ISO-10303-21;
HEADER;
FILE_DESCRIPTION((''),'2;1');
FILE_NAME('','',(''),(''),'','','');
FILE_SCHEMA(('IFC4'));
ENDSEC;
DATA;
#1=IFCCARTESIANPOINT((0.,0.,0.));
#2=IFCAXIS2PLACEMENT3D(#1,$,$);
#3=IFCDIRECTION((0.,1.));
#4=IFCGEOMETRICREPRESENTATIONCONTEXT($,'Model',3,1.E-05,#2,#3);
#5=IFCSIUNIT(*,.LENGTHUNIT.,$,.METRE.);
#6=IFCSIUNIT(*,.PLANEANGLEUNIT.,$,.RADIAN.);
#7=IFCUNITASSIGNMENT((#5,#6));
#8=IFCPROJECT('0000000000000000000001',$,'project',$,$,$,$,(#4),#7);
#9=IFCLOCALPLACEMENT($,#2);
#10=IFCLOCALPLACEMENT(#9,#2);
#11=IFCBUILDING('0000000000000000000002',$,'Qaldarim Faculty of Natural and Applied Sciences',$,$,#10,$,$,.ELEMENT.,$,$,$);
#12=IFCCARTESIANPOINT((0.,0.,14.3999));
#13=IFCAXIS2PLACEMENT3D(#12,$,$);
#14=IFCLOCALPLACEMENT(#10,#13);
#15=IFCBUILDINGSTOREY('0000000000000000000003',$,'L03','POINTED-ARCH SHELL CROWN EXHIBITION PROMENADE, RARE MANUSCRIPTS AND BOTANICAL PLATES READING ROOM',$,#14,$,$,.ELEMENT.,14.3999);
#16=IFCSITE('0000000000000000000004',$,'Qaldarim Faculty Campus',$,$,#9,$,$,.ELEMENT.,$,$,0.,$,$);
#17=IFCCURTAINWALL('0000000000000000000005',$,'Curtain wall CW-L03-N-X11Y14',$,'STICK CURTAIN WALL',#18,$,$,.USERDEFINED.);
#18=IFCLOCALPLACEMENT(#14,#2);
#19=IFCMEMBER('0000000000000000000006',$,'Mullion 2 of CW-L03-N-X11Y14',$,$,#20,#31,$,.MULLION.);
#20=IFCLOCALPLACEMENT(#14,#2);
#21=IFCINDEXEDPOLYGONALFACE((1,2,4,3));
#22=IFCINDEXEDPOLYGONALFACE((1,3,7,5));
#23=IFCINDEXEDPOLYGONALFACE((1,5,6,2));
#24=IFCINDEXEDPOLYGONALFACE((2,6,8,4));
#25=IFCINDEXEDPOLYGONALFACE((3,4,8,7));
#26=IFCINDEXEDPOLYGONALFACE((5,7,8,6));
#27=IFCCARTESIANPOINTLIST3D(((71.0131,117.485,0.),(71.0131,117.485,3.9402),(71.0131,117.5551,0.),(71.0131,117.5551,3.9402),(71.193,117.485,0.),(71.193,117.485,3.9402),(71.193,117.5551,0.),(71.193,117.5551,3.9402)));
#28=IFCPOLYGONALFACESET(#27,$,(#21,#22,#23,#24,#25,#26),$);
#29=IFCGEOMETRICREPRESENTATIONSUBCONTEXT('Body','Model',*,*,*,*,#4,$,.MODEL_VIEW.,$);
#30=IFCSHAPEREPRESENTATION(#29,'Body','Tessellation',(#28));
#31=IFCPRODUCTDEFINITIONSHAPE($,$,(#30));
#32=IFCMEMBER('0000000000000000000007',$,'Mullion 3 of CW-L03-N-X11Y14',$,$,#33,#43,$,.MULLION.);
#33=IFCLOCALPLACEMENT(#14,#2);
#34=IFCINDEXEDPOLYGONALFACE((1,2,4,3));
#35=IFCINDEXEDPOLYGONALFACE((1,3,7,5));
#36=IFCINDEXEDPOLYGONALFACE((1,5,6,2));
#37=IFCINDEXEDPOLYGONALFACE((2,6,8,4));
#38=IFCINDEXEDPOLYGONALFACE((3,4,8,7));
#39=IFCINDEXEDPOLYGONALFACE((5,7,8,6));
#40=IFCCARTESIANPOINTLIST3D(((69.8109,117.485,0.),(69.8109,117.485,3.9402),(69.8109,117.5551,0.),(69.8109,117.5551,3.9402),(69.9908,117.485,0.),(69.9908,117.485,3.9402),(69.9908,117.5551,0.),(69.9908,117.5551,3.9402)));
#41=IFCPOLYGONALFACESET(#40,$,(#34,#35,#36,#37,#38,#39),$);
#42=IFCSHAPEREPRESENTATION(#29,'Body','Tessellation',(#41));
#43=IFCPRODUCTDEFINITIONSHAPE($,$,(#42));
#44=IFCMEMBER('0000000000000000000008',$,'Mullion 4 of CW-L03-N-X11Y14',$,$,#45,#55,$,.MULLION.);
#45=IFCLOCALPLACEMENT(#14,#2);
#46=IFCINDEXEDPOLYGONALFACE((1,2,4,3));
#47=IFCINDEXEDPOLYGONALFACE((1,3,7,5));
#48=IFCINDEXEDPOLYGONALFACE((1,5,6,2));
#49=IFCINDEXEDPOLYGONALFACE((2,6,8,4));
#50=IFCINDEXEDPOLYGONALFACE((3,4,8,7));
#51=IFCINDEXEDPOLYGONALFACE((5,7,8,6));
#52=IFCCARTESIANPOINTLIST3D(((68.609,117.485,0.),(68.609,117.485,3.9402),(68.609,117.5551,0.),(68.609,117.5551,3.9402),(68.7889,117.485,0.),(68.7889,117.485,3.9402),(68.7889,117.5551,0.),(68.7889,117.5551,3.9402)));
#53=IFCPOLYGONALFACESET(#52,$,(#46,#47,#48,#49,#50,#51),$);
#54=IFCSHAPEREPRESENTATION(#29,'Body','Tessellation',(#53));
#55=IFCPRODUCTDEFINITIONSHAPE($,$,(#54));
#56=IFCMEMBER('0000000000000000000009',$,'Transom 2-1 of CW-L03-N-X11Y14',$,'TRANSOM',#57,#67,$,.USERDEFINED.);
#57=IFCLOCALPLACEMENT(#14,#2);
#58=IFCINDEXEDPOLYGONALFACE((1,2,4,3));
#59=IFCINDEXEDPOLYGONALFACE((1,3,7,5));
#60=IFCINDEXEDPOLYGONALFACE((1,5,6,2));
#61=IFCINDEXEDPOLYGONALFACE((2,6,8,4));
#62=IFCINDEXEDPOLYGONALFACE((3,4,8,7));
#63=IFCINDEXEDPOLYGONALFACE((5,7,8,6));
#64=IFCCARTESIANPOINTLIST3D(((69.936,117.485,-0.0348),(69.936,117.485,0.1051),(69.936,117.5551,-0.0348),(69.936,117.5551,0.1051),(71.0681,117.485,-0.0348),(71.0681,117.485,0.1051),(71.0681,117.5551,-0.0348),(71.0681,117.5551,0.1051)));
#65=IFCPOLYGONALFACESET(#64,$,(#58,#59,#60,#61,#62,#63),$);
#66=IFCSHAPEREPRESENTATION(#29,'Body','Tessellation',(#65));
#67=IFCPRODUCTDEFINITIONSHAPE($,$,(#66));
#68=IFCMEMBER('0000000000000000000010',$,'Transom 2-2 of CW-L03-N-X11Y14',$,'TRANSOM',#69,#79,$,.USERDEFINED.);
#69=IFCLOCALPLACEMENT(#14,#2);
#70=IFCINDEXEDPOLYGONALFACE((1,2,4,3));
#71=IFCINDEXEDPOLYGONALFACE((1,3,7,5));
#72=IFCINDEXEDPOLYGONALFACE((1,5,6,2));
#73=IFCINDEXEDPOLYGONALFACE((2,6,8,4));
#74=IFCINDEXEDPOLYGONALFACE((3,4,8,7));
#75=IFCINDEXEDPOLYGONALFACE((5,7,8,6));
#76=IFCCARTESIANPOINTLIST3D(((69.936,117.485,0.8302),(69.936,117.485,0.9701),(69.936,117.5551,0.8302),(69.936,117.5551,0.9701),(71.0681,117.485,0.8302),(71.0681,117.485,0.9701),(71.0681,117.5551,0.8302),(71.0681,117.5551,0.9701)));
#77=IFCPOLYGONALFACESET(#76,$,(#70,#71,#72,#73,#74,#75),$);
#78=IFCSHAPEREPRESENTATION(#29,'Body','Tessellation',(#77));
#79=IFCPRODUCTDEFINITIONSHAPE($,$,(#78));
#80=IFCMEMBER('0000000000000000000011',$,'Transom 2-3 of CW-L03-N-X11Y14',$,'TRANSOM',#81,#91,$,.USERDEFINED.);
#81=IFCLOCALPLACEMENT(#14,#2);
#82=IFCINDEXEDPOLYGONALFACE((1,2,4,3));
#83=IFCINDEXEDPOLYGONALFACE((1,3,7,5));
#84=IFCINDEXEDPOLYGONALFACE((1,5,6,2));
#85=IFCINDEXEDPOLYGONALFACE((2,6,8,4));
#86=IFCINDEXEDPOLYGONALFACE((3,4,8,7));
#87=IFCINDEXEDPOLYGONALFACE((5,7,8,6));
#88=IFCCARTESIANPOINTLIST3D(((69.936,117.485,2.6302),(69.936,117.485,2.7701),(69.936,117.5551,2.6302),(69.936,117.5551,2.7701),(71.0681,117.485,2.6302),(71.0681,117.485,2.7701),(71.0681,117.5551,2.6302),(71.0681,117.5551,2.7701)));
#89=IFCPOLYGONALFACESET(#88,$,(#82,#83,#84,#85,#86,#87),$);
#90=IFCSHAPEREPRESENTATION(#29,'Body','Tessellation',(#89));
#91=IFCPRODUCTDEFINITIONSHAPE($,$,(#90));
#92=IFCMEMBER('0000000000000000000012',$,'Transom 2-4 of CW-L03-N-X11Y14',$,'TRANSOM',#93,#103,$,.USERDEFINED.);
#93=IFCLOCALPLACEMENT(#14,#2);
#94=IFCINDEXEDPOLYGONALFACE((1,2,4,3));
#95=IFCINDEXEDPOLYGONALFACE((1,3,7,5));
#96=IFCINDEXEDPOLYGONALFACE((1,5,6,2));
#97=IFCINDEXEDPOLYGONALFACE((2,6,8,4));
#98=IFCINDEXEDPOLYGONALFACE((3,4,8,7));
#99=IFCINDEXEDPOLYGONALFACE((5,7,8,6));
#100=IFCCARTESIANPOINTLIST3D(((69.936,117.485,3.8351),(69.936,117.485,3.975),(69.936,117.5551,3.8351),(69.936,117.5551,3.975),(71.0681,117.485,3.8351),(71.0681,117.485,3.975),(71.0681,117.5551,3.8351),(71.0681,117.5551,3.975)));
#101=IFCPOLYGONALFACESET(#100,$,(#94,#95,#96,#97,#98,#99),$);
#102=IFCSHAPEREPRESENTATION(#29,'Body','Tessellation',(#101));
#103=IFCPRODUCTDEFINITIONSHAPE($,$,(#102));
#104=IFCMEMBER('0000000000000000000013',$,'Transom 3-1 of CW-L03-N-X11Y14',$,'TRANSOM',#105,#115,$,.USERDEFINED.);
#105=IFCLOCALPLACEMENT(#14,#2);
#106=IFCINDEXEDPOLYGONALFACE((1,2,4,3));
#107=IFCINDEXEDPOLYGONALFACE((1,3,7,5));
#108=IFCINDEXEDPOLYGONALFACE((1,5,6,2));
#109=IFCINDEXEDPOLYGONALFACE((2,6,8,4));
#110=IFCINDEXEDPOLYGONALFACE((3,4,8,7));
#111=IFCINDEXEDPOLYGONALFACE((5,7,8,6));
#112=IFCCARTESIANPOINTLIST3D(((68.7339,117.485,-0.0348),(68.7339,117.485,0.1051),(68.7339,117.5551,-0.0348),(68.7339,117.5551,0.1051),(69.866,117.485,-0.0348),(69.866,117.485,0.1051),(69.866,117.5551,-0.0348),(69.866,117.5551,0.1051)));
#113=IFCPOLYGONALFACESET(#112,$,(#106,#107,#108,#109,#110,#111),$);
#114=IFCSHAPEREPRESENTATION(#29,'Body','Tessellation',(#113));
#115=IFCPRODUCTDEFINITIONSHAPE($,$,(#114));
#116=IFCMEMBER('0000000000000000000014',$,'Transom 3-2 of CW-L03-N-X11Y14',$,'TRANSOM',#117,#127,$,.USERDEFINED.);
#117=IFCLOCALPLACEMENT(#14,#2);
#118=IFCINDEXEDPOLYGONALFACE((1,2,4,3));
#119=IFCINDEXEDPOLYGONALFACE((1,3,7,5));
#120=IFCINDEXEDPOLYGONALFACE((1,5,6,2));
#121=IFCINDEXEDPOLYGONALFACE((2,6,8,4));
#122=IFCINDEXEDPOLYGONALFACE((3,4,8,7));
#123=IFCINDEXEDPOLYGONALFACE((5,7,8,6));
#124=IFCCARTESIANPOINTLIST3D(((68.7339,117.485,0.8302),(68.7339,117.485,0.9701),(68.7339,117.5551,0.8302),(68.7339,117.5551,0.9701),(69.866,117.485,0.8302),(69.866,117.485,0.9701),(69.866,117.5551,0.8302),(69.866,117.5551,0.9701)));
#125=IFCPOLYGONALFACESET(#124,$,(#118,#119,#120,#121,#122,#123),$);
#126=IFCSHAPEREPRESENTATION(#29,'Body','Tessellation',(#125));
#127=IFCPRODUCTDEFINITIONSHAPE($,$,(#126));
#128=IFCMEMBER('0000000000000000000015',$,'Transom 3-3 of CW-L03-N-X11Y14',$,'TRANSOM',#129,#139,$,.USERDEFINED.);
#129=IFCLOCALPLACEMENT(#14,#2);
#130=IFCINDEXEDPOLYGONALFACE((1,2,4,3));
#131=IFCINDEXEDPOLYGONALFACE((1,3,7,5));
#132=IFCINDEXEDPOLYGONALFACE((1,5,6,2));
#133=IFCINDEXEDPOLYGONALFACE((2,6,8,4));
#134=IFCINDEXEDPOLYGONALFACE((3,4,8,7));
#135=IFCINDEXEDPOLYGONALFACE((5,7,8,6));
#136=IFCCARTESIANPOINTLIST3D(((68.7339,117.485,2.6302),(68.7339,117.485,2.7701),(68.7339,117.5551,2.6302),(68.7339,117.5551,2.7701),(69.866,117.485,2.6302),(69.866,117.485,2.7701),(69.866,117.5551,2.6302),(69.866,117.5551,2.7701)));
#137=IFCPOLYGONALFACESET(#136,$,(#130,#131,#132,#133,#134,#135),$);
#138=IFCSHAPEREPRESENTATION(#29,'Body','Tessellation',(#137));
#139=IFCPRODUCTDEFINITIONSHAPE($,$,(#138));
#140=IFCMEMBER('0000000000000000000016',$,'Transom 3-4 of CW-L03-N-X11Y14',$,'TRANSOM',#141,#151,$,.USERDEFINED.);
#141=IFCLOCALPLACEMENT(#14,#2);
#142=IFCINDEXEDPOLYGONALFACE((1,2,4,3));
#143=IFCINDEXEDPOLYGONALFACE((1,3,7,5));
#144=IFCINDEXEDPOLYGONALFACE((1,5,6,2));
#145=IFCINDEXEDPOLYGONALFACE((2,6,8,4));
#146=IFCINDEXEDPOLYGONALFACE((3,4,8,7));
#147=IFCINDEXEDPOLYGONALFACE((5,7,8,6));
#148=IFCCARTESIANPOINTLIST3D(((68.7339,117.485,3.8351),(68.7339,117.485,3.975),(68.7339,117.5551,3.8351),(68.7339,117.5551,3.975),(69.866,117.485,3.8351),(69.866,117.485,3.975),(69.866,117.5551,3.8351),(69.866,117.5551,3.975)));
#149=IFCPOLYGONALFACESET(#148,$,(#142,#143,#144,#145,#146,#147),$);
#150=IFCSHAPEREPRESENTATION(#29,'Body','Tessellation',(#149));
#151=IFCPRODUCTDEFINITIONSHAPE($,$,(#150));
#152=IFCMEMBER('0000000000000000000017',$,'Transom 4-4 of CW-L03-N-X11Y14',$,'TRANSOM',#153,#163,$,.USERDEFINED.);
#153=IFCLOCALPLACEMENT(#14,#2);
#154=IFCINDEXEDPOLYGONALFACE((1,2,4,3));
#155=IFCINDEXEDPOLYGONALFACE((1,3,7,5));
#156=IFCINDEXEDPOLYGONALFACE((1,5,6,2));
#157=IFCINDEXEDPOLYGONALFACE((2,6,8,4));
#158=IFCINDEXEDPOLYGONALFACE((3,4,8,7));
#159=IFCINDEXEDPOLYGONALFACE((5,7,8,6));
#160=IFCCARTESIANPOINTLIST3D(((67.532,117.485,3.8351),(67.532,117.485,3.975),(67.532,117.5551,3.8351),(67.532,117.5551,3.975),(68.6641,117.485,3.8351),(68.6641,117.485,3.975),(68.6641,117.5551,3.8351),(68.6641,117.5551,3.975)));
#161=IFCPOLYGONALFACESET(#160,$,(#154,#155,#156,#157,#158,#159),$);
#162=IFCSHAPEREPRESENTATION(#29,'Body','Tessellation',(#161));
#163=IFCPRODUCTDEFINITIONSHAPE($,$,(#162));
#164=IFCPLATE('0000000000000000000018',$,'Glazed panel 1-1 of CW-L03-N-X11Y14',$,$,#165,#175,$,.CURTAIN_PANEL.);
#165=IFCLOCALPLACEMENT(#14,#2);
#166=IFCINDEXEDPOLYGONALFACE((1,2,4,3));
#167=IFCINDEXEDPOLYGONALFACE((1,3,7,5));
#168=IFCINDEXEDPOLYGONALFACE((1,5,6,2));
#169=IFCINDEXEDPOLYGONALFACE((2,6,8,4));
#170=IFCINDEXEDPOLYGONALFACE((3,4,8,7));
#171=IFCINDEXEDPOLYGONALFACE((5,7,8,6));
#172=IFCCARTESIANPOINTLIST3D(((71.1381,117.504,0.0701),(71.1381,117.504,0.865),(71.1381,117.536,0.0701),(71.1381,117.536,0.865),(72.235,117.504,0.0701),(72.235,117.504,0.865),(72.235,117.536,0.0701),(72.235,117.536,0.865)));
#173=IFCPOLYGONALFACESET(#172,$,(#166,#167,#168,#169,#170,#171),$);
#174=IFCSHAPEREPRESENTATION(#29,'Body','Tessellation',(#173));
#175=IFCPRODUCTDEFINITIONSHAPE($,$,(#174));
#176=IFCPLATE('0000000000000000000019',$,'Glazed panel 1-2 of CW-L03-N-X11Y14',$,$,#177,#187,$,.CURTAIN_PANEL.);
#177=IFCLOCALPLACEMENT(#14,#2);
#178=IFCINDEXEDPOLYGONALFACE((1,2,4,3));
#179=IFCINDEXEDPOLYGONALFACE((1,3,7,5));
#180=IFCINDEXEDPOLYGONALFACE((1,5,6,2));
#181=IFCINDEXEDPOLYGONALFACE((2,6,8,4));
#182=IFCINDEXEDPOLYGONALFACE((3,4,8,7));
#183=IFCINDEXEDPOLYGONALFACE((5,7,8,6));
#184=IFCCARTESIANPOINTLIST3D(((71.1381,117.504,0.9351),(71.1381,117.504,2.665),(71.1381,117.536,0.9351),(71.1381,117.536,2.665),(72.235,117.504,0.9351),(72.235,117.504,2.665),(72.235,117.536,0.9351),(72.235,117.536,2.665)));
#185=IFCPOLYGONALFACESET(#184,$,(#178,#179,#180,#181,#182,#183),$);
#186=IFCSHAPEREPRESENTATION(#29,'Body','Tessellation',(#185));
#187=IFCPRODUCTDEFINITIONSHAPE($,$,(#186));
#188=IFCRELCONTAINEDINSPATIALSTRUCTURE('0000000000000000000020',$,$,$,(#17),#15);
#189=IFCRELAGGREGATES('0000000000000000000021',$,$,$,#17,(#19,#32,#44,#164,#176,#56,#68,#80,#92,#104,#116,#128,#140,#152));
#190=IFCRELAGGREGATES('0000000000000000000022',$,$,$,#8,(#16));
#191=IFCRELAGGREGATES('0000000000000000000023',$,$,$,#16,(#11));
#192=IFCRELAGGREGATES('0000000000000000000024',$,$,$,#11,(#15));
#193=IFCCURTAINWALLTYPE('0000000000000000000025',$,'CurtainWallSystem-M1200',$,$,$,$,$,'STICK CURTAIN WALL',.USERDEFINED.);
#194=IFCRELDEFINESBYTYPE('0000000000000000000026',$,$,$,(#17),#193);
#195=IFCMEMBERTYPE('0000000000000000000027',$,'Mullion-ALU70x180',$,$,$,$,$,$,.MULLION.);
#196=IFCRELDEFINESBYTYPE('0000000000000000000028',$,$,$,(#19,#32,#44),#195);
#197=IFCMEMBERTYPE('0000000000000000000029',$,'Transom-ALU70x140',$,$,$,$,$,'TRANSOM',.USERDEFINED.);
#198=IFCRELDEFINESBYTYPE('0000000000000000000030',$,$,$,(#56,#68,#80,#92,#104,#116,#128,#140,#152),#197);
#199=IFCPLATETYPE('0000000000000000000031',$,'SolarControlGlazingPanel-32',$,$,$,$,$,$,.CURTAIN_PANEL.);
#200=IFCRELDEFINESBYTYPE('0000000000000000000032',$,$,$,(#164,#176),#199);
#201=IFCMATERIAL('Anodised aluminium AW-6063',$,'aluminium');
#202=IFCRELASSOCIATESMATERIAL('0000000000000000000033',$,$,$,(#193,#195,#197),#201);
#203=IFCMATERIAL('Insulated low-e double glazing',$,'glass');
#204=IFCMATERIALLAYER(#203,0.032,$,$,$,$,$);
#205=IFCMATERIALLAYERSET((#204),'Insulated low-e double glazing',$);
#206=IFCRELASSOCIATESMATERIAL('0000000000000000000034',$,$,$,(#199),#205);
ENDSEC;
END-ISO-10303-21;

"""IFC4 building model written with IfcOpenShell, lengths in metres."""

from ifc_helpers import new_model, si_unit, direction, frame, origin, origin_2d, place, context, subcontext, project, spatial, rectangle, extrude, material, layer, layer_set, material_profile, profile_set, type_object, element, aggregate, save


model = new_model("IFC4")

# Units and contexts
model_context = context("Model", 3, precision=1e-05, world=origin(), true_north=direction((0.0, 1.0)))
body_context = subcontext(model_context, "Body", "Model", "MODEL_VIEW")
ifc_project = project(units=[si_unit("LENGTHUNIT", "METRE"), si_unit("PLANEANGLEUNIT", "RADIAN")], contexts=[model_context])

# Site, building, storey
site_placement = place(None, origin())
site = spatial("IfcSite", under=ifc_project, at=site_placement, Name="Qaldarim Faculty Campus", CompositionType="ELEMENT", RefElevation=0.0)
building_placement = place(site_placement, origin())
building = spatial("IfcBuilding", under=site, at=building_placement, Name="Qaldarim Faculty of Natural and Applied Sciences", CompositionType="ELEMENT")
storey_placement = place(building_placement, frame((0.0, 0.0, 14.3999)))
storey = spatial("IfcBuildingStorey", under=building, at=storey_placement, Name="L03", Description="POINTED-ARCH SHELL CROWN EXHIBITION PROMENADE, RARE MANUSCRIPTS AND BOTANICAL PLATES READING ROOM", CompositionType="ELEMENT", Elevation=14.3999)

# Curtain wall, members, plates
ifc_material_1 = material(Name="Anodised aluminium AW-6063", Category="aluminium")
curtain_wall_type = type_object("IfcCurtainWallType", Name="CurtainWallSystem-M1200", ElementType="STICK CURTAIN WALL", PredefinedType="USERDEFINED", material=ifc_material_1)
curtain_wall_placement = place(storey_placement, origin())
curtain_wall = element("IfcCurtainWall", 1, at=curtain_wall_placement, inside=storey, type_object=curtain_wall_type, Name="Curtain wall CW-L03-N-X11Y14", ObjectType="STICK CURTAIN WALL", PredefinedType="USERDEFINED")
ifc_material_profile_1 = material_profile(ifc_material_1, rectangle(XDim=0.0701, YDim=0.1799, at=origin_2d()), Name="ALU-M70x180")
ifc_profile_set_1 = profile_set([ifc_material_profile_1], Name="Anodised aluminium AW-6063")
member_type_1 = type_object("IfcMemberType", Name="Mullion-ALU70x180", PredefinedType="MULLION", material=ifc_profile_set_1)
member_1_placement = place(storey_placement, frame((71.103, 117.52, 0.0), z_axis=(0.0, 0.0, 1.0), x_axis=(0.0, -1.0, 0.0)))
member_1 = element("IfcMember", 2, at=member_1_placement, type_object=member_type_1, Name="Mullion 2 of CW-L03-N-X11Y14", PredefinedType="MULLION", context=body_context, shape_type="SweptSolid", body=[
    extrude(rectangle(XDim=0.0701, YDim=0.1799, at=origin_2d()), origin(), (0.0, 0.0, 1.0), 3.9402),
])
member_2_placement = place(storey_placement, frame((69.9009, 117.52, 0.0), z_axis=(0.0, 0.0, 1.0), x_axis=(0.0, -1.0, 0.0)))
member_2 = element("IfcMember", 3, at=member_2_placement, type_object=member_type_1, Name="Mullion 3 of CW-L03-N-X11Y14", PredefinedType="MULLION", context=body_context, shape_type="SweptSolid", body=[
    extrude(rectangle(XDim=0.0701, YDim=0.1799, at=origin_2d()), origin(), (0.0, 0.0, 1.0), 3.9402),
])
member_3_placement = place(storey_placement, frame((68.699, 117.52, 0.0), z_axis=(0.0, 0.0, 1.0), x_axis=(0.0, -1.0, 0.0)))
member_3 = element("IfcMember", 4, at=member_3_placement, type_object=member_type_1, Name="Mullion 4 of CW-L03-N-X11Y14", PredefinedType="MULLION", context=body_context, shape_type="SweptSolid", body=[
    extrude(rectangle(XDim=0.0701, YDim=0.1799, at=origin_2d()), origin(), (0.0, 0.0, 1.0), 3.9402),
])
ifc_material_profile_2 = material_profile(ifc_material_1, rectangle(XDim=0.0701, YDim=0.1399, at=origin_2d()), Name="ALU-T70x140")
ifc_profile_set_2 = profile_set([ifc_material_profile_2], Name="Anodised aluminium AW-6063")
member_type_2 = type_object("IfcMemberType", Name="Transom-ALU70x140", ElementType="TRANSOM", PredefinedType="USERDEFINED", material=ifc_profile_set_2)
member_4_placement = place(storey_placement, frame((71.0681, 117.52, 0.0352), z_axis=(-1.0, 0.0, 0.0), x_axis=(0.0, -1.0, 0.0)))
member_4 = element("IfcMember", 5, at=member_4_placement, type_object=member_type_2, Name="Transom 2-1 of CW-L03-N-X11Y14", ObjectType="TRANSOM", PredefinedType="USERDEFINED", context=body_context, shape_type="SweptSolid", body=[
    extrude(rectangle(XDim=0.0701, YDim=0.1399, at=origin_2d()), origin(), (0.0, 0.0, 1.0), 1.1321),
])
member_5_placement = place(storey_placement, frame((71.0681, 117.52, 0.9001), z_axis=(-1.0, 0.0, 0.0), x_axis=(0.0, -1.0, 0.0)))
member_5 = element("IfcMember", 6, at=member_5_placement, type_object=member_type_2, Name="Transom 2-2 of CW-L03-N-X11Y14", ObjectType="TRANSOM", PredefinedType="USERDEFINED", context=body_context, shape_type="SweptSolid", body=[
    extrude(rectangle(XDim=0.0701, YDim=0.1399, at=origin_2d()), origin(), (0.0, 0.0, 1.0), 1.1321),
])
member_6_placement = place(storey_placement, frame((71.0681, 117.52, 2.7002), z_axis=(-1.0, 0.0, 0.0), x_axis=(0.0, -1.0, 0.0)))
member_6 = element("IfcMember", 7, at=member_6_placement, type_object=member_type_2, Name="Transom 2-3 of CW-L03-N-X11Y14", ObjectType="TRANSOM", PredefinedType="USERDEFINED", context=body_context, shape_type="SweptSolid", body=[
    extrude(rectangle(XDim=0.0701, YDim=0.1399, at=origin_2d()), origin(), (0.0, 0.0, 1.0), 1.1321),
])
member_7_placement = place(storey_placement, frame((71.0681, 117.52, 3.905), z_axis=(-1.0, 0.0, 0.0), x_axis=(0.0, -1.0, 0.0)))
member_7 = element("IfcMember", 8, at=member_7_placement, type_object=member_type_2, Name="Transom 2-4 of CW-L03-N-X11Y14", ObjectType="TRANSOM", PredefinedType="USERDEFINED", context=body_context, shape_type="SweptSolid", body=[
    extrude(rectangle(XDim=0.0701, YDim=0.1399, at=origin_2d()), origin(), (0.0, 0.0, 1.0), 1.1321),
])
member_8_placement = place(storey_placement, frame((69.866, 117.52, 0.0352), z_axis=(-1.0, 0.0, 0.0), x_axis=(0.0, -1.0, 0.0)))
member_8 = element("IfcMember", 9, at=member_8_placement, type_object=member_type_2, Name="Transom 3-1 of CW-L03-N-X11Y14", ObjectType="TRANSOM", PredefinedType="USERDEFINED", context=body_context, shape_type="SweptSolid", body=[
    extrude(rectangle(XDim=0.0701, YDim=0.1399, at=origin_2d()), origin(), (0.0, 0.0, 1.0), 1.1321),
])
member_9_placement = place(storey_placement, frame((69.866, 117.52, 0.9001), z_axis=(-1.0, 0.0, 0.0), x_axis=(0.0, -1.0, 0.0)))
member_9 = element("IfcMember", 10, at=member_9_placement, type_object=member_type_2, Name="Transom 3-2 of CW-L03-N-X11Y14", ObjectType="TRANSOM", PredefinedType="USERDEFINED", context=body_context, shape_type="SweptSolid", body=[
    extrude(rectangle(XDim=0.0701, YDim=0.1399, at=origin_2d()), origin(), (0.0, 0.0, 1.0), 1.1321),
])
member_10_placement = place(storey_placement, frame((69.866, 117.52, 2.7002), z_axis=(-1.0, 0.0, 0.0), x_axis=(0.0, -1.0, 0.0)))
member_10 = element("IfcMember", 11, at=member_10_placement, type_object=member_type_2, Name="Transom 3-3 of CW-L03-N-X11Y14", ObjectType="TRANSOM", PredefinedType="USERDEFINED", context=body_context, shape_type="SweptSolid", body=[
    extrude(rectangle(XDim=0.0701, YDim=0.1399, at=origin_2d()), origin(), (0.0, 0.0, 1.0), 1.1321),
])
member_11_placement = place(storey_placement, frame((69.866, 117.52, 3.905), z_axis=(-1.0, 0.0, 0.0), x_axis=(0.0, -1.0, 0.0)))
member_11 = element("IfcMember", 12, at=member_11_placement, type_object=member_type_2, Name="Transom 3-4 of CW-L03-N-X11Y14", ObjectType="TRANSOM", PredefinedType="USERDEFINED", context=body_context, shape_type="SweptSolid", body=[
    extrude(rectangle(XDim=0.0701, YDim=0.1399, at=origin_2d()), origin(), (0.0, 0.0, 1.0), 1.1321),
])
member_12_placement = place(storey_placement, frame((68.6641, 117.52, 3.905), z_axis=(-1.0, 0.0, 0.0), x_axis=(0.0, -1.0, 0.0)))
member_12 = element("IfcMember", 13, at=member_12_placement, type_object=member_type_2, Name="Transom 4-4 of CW-L03-N-X11Y14", ObjectType="TRANSOM", PredefinedType="USERDEFINED", context=body_context, shape_type="SweptSolid", body=[
    extrude(rectangle(XDim=0.0701, YDim=0.1399, at=origin_2d()), origin(), (0.0, 0.0, 1.0), 1.1321),
])
ifc_material_2 = material(Name="Insulated low-e double glazing", Category="glass")
ifc_layer = layer(ifc_material_2, 0.032)
ifc_layer_set = layer_set([ifc_layer], Name="Insulated low-e double glazing")
plate_type = type_object("IfcPlateType", Name="SolarControlGlazingPanel-32", PredefinedType="CURTAIN_PANEL", material=ifc_layer_set)
plate_1_placement = place(storey_placement, frame((71.6865, 117.52, 0.0701), z_axis=(0.0, 0.0, 1.0), x_axis=(-1.0, 0.0, 0.0)))
plate_1 = element("IfcPlate", 14, at=plate_1_placement, type_object=plate_type, Name="Glazed panel 1-1 of CW-L03-N-X11Y14", PredefinedType="CURTAIN_PANEL", context=body_context, shape_type="SweptSolid", body=[
    extrude(rectangle(XDim=1.0969, YDim=0.032, at=origin_2d()), origin(), (0.0, 0.0, 1.0), 0.7949),
])
plate_2_placement = place(storey_placement, frame((71.6865, 117.52, 0.9351), z_axis=(0.0, 0.0, 1.0), x_axis=(-1.0, 0.0, 0.0)))
plate_2 = element("IfcPlate", 15, at=plate_2_placement, type_object=plate_type, Name="Glazed panel 1-2 of CW-L03-N-X11Y14", PredefinedType="CURTAIN_PANEL", context=body_context, shape_type="SweptSolid", body=[
    extrude(rectangle(XDim=1.0969, YDim=0.032, at=origin_2d()), origin(), (0.0, 0.0, 1.0), 1.73),
])
aggregate(curtain_wall, [member_1, member_2, member_3, plate_1, plate_2, member_4, member_5, member_6, member_7, member_8, member_9, member_10, member_11, member_12])

save(model, "model.ifc")
